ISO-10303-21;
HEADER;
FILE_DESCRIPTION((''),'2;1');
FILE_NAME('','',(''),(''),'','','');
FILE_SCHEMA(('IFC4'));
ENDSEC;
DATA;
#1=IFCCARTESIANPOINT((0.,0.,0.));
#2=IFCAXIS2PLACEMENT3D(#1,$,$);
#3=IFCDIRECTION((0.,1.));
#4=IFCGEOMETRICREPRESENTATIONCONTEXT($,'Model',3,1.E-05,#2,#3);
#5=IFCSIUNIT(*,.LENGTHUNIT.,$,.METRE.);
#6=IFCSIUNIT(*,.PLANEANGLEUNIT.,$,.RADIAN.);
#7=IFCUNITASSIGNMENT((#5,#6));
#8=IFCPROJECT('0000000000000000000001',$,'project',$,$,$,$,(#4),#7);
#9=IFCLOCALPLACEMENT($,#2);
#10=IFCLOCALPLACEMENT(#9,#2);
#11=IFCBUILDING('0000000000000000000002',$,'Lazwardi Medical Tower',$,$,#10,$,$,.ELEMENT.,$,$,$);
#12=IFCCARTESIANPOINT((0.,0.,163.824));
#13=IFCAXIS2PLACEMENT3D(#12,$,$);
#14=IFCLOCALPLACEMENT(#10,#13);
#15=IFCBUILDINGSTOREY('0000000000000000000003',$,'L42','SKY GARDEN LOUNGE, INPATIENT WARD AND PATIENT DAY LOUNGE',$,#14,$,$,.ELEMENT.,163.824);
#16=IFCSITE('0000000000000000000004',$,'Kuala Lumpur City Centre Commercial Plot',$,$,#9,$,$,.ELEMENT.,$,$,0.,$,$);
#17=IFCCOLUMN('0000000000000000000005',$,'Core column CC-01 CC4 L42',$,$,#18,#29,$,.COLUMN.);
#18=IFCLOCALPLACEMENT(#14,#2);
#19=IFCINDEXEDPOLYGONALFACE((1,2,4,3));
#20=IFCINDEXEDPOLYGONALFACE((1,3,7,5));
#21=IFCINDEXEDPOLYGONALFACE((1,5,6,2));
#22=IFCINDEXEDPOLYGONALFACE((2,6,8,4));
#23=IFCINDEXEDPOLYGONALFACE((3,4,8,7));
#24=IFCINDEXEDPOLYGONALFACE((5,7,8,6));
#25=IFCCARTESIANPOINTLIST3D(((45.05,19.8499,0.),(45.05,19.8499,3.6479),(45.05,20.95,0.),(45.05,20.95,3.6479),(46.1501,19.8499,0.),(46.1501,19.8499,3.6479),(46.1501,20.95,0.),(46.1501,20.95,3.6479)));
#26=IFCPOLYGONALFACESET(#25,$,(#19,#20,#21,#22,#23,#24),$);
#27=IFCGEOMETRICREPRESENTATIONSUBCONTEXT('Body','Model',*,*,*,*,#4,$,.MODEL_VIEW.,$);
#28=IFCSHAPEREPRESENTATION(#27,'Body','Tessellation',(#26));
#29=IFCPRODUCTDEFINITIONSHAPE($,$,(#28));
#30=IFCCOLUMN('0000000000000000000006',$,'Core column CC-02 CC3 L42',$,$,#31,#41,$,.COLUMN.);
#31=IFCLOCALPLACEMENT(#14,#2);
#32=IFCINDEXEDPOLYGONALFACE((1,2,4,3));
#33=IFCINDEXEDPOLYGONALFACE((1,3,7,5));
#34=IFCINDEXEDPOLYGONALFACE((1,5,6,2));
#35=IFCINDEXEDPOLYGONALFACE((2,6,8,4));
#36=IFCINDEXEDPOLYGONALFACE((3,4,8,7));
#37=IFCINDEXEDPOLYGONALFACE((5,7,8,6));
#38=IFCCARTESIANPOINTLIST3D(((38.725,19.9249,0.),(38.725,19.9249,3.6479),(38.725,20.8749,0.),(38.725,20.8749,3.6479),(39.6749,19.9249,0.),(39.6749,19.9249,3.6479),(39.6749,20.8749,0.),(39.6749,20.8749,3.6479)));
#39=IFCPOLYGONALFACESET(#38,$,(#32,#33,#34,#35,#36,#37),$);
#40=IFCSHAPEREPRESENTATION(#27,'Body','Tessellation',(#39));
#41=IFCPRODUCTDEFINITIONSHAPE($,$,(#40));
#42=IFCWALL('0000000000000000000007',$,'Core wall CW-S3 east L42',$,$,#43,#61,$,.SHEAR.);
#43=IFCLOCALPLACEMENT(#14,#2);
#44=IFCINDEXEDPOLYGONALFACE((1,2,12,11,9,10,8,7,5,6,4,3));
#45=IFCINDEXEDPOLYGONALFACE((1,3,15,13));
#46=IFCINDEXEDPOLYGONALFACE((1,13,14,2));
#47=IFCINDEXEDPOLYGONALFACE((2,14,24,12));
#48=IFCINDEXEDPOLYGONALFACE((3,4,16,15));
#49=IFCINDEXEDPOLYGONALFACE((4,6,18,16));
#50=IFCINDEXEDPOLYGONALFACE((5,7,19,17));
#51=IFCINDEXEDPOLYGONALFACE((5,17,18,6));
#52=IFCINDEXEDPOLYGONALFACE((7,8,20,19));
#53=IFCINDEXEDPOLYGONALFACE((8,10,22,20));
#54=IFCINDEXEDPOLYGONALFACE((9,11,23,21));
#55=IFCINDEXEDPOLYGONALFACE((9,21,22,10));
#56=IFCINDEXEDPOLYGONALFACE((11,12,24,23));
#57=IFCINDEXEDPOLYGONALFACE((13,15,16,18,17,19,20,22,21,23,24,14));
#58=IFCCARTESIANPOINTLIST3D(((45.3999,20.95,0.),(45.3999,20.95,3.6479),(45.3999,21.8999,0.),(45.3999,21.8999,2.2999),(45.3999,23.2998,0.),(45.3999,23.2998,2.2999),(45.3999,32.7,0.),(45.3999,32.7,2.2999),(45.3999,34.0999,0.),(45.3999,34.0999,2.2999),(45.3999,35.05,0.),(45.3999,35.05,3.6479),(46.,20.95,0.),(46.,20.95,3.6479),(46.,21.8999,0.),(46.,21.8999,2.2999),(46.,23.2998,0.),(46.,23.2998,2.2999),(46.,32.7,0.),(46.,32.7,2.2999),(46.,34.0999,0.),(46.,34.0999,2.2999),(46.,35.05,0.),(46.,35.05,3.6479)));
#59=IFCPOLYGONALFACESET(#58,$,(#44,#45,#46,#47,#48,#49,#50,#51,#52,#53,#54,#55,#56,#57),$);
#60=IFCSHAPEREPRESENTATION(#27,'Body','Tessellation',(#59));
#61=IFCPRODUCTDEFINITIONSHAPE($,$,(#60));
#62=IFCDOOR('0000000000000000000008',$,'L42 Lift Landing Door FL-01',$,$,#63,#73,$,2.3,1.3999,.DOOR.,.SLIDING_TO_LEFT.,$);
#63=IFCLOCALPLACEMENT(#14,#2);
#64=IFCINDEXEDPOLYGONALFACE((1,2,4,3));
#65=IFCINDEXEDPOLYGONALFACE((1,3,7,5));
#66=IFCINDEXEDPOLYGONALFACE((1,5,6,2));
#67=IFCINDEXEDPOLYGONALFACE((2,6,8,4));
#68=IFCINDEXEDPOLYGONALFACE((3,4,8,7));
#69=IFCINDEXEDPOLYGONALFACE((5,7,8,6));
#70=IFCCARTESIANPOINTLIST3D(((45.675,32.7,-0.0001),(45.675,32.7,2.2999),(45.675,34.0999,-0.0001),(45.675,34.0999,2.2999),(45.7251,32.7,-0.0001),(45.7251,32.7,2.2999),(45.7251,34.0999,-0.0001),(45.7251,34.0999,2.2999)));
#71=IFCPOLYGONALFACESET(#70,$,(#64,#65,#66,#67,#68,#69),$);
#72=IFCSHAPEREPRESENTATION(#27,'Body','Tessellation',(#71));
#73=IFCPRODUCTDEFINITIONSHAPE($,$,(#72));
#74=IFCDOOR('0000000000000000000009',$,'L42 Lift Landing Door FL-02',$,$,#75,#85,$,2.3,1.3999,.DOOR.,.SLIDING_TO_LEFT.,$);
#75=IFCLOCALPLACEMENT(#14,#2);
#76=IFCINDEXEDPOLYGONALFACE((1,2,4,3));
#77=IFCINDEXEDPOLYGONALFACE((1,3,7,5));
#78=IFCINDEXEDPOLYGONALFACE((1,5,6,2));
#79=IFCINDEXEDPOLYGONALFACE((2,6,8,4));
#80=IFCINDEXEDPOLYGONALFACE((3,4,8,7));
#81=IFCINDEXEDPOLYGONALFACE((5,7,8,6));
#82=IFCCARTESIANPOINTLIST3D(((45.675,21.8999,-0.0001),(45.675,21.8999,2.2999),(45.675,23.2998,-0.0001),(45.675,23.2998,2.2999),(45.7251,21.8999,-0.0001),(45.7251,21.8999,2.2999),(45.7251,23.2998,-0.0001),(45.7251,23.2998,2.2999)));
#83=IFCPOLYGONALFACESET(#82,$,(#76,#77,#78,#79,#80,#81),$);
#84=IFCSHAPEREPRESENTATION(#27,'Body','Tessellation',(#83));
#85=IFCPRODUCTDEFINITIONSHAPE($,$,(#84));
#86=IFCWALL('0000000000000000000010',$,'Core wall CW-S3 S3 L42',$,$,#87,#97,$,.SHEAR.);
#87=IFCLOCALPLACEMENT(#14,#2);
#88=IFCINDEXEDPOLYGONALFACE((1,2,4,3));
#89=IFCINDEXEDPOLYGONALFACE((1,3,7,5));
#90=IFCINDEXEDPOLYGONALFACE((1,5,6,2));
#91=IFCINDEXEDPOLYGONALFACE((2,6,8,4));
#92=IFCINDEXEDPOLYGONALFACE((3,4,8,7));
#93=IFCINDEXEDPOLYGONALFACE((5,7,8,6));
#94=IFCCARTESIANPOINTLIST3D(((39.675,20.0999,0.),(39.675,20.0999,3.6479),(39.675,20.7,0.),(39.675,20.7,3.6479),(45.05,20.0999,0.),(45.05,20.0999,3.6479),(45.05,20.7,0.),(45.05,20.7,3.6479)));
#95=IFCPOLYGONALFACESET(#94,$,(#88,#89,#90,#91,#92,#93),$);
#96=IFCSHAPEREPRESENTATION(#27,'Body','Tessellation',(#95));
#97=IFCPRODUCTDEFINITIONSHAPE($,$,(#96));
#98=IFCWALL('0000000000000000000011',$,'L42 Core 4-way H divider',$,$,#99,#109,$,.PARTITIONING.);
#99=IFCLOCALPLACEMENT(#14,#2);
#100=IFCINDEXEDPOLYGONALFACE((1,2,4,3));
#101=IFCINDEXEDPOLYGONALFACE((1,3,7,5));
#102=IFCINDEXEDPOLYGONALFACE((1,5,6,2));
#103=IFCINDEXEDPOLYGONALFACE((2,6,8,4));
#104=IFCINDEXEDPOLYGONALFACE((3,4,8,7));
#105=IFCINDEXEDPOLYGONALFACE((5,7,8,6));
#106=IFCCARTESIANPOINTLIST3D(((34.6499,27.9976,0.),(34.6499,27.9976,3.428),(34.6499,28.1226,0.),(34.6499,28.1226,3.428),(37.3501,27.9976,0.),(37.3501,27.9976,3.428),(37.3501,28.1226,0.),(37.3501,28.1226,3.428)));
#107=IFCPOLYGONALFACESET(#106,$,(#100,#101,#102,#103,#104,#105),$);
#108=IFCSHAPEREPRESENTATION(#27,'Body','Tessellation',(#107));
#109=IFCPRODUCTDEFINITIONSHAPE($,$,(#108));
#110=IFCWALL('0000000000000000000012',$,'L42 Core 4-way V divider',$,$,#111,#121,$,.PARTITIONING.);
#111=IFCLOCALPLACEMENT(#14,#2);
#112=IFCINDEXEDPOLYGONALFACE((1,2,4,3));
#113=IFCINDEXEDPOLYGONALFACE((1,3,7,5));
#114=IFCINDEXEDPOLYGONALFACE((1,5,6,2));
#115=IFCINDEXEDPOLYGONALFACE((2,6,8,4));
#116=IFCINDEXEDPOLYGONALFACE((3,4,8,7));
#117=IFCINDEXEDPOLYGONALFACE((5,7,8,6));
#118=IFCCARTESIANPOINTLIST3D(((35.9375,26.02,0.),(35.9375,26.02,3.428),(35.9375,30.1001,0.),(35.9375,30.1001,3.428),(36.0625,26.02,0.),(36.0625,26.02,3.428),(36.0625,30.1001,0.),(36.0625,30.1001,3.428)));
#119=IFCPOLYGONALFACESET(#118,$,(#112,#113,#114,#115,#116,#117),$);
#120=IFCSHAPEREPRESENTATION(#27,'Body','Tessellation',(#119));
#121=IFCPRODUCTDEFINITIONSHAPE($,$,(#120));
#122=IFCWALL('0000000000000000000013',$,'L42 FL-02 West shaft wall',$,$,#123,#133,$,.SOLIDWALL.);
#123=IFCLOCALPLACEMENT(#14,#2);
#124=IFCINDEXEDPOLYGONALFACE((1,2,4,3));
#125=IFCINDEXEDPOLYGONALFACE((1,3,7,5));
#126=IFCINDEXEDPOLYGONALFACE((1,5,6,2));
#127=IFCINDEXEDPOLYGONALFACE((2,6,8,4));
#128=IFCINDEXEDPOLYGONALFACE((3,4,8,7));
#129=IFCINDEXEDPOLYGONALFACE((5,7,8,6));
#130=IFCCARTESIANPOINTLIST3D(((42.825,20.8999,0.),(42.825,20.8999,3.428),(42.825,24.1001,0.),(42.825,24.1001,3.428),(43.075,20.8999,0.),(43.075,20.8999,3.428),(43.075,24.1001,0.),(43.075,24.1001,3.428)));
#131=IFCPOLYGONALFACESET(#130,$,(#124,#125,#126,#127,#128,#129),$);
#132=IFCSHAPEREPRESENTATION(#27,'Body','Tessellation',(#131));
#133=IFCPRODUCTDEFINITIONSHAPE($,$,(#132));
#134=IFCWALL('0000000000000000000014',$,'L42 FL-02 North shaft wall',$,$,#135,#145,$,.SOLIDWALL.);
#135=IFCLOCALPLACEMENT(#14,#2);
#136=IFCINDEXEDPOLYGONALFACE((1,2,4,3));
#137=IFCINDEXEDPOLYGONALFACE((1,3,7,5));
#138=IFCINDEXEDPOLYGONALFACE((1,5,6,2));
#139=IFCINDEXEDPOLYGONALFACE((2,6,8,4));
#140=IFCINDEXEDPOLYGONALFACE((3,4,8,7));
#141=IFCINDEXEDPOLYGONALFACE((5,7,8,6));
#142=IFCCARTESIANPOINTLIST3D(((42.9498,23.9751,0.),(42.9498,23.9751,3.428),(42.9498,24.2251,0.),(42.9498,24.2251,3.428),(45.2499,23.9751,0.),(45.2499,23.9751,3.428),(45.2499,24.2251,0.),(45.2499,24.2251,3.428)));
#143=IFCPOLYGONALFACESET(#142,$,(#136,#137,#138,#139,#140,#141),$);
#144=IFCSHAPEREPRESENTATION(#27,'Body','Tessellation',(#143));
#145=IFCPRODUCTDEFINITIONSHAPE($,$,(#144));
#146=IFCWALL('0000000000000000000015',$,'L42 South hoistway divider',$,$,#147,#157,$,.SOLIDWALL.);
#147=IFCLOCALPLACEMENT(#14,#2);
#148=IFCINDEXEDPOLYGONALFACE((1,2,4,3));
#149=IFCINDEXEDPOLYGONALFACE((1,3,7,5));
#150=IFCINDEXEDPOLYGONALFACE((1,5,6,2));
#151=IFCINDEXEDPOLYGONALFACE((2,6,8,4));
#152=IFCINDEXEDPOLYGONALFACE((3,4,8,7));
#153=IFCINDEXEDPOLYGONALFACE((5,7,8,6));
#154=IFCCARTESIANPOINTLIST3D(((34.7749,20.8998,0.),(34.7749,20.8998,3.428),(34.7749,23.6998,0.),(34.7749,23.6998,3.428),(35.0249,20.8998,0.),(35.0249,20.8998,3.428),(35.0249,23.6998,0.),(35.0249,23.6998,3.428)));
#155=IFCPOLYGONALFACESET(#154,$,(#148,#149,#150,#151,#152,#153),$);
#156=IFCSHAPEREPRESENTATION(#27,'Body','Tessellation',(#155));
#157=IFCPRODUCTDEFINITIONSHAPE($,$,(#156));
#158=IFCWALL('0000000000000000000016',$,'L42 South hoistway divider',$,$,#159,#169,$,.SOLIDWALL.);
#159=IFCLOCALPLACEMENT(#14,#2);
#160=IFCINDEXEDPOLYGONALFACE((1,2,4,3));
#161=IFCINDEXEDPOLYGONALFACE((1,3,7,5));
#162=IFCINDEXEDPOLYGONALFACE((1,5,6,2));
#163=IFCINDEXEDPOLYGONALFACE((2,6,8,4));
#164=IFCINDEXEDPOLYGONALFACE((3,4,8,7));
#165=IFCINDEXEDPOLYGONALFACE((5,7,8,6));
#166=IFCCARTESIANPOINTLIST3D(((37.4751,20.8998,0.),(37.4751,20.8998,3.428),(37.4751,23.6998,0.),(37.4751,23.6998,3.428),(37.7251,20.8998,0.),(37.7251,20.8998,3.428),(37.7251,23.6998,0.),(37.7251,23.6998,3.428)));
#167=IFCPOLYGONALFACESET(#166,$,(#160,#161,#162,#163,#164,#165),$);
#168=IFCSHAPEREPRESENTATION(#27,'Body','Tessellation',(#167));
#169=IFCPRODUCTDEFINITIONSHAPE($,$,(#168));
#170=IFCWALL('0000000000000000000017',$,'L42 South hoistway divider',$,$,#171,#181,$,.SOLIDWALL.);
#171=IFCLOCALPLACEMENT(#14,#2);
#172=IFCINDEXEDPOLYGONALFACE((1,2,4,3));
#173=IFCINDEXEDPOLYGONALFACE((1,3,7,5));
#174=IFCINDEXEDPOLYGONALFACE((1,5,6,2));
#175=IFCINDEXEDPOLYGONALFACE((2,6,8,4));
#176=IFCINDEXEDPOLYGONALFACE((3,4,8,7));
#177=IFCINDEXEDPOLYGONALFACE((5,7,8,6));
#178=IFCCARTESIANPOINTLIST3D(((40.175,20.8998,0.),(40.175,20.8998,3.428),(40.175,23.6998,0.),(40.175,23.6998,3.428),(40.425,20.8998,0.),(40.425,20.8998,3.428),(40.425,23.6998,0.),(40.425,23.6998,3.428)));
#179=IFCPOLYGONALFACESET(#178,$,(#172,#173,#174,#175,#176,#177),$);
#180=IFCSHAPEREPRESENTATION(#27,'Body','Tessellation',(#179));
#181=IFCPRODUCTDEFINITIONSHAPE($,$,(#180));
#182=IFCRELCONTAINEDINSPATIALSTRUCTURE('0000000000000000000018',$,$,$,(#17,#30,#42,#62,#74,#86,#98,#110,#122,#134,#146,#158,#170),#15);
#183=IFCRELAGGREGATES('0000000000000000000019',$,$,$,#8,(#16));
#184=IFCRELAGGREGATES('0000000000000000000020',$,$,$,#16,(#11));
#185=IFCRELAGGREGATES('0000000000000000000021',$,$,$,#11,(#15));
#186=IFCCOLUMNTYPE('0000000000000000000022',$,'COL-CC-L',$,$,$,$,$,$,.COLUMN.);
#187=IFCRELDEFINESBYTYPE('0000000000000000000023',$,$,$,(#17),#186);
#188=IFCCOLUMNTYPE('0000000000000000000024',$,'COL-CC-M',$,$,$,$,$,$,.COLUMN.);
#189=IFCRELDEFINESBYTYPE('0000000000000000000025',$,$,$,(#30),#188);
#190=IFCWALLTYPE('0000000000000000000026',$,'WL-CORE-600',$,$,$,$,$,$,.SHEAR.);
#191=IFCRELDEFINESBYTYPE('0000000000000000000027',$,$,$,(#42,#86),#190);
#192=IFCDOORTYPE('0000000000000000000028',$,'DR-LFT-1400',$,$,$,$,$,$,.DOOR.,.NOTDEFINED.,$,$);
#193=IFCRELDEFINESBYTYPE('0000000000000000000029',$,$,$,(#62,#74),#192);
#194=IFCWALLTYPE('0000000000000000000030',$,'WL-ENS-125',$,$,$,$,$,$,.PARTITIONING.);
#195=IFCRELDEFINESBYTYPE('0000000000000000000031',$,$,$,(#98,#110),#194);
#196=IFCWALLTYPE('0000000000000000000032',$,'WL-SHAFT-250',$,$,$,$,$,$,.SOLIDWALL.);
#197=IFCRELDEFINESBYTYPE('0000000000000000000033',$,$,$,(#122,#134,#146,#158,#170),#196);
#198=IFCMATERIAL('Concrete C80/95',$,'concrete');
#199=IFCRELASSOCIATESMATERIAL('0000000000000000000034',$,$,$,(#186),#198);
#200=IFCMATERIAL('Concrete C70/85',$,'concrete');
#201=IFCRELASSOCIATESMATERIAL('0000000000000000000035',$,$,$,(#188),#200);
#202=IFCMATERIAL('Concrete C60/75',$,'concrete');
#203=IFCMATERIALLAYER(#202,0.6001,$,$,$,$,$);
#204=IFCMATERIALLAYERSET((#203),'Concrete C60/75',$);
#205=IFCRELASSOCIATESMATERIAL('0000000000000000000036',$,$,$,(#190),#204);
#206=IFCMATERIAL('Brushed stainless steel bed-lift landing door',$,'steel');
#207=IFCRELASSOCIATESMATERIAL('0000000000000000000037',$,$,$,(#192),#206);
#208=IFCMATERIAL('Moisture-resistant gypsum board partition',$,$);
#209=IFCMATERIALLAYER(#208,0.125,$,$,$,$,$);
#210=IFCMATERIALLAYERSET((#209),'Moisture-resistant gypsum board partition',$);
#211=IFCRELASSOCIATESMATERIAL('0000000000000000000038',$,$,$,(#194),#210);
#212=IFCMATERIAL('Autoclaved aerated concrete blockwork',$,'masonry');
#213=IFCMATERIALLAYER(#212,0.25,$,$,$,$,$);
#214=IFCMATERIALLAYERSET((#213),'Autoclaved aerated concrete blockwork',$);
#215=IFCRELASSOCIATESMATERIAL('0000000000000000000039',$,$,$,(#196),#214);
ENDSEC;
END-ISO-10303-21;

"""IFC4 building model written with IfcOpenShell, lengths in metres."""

from ifc_helpers import new_model, si_unit, direction, frame, frame_2d, origin, origin_2d, place, context, subcontext, project, spatial, rectangle, extrude, material, layer, layer_set, material_profile, profile_set, type_object, element, fill, save


model = new_model("IFC4")

# Units and contexts
model_context = context("Model", 3, precision=1e-05, world=origin(), true_north=direction((0.0, 1.0)))
body_context = subcontext(model_context, "Body", "Model", "MODEL_VIEW")
ifc_project = project(units=[si_unit("LENGTHUNIT", "METRE"), si_unit("PLANEANGLEUNIT", "RADIAN")], contexts=[model_context])

# Site, building, storey
site_placement = place(None, origin())
site = spatial("IfcSite", under=ifc_project, at=site_placement, Name="Kuala Lumpur City Centre Commercial Plot", CompositionType="ELEMENT", RefElevation=0.0)
building_placement = place(site_placement, origin())
building = spatial("IfcBuilding", under=site, at=building_placement, Name="Lazwardi Medical Tower", CompositionType="ELEMENT")
storey_placement = place(building_placement, frame((0.0, 0.0, 163.824)))
storey = spatial("IfcBuildingStorey", under=building, at=storey_placement, Name="L42", Description="SKY GARDEN LOUNGE, INPATIENT WARD AND PATIENT DAY LOUNGE", CompositionType="ELEMENT", Elevation=163.824)

# Columns
ifc_material_1 = material(Name="Concrete C80/95", Category="concrete")
ifc_material_profile_1 = material_profile(ifc_material_1, rectangle(XDim=1.1001, YDim=1.1001, at=origin_2d()), Name="RC 1100x1100")
ifc_profile_set_1 = profile_set([ifc_material_profile_1], Name="Concrete C80/95")
column_type_1 = type_object("IfcColumnType", Name="COL-CC-L", PredefinedType="COLUMN", material=ifc_profile_set_1)
column_1_placement = place(storey_placement, frame((45.6001, 20.3999, 0.0), z_axis=(0.0, 0.0, 1.0), x_axis=(1.0, 0.0, 0.0)))
element("IfcColumn", 1, at=column_1_placement, inside=storey, type_object=column_type_1, Name="Core column CC-01 CC4 L42", PredefinedType="COLUMN", context=body_context, shape_type="SweptSolid", body=[
    extrude(rectangle(XDim=1.1001, YDim=1.1001, at=origin_2d()), origin(), (0.0, 0.0, 1.0), 3.6479),
])
ifc_material_2 = material(Name="Concrete C70/85", Category="concrete")
ifc_material_profile_2 = material_profile(ifc_material_2, rectangle(XDim=0.95, YDim=0.95, at=origin_2d()), Name="RC 950x950")
ifc_profile_set_2 = profile_set([ifc_material_profile_2], Name="Concrete C70/85")
column_type_2 = type_object("IfcColumnType", Name="COL-CC-M", PredefinedType="COLUMN", material=ifc_profile_set_2)
column_2_placement = place(storey_placement, frame((39.2, 20.3999, 0.0), z_axis=(0.0, 0.0, 1.0), x_axis=(1.0, 0.0, 0.0)))
element("IfcColumn", 2, at=column_2_placement, inside=storey, type_object=column_type_2, Name="Core column CC-02 CC3 L42", PredefinedType="COLUMN", context=body_context, shape_type="SweptSolid", body=[
    extrude(rectangle(XDim=0.95, YDim=0.95, at=origin_2d()), origin(), (0.0, 0.0, 1.0), 3.6479),
])

# Wall, openings, doors
ifc_material_3 = material(Name="Concrete C60/75", Category="concrete")
ifc_layer_1 = layer(ifc_material_3, 0.6001)
ifc_layer_set_1 = layer_set([ifc_layer_1], Name="Concrete C60/75")
wall_type_1 = type_object("IfcWallType", Name="WL-CORE-600", PredefinedType="SHEAR", material=ifc_layer_set_1)
wall_1_placement = place(storey_placement, frame((45.7, 20.95, 0.0), z_axis=(0.0, 0.0, 1.0), x_axis=(0.0, 1.0, 0.0)))
wall_1 = element("IfcWall", 3, at=wall_1_placement, inside=storey, type_object=wall_type_1, Name="Core wall CW-S3 east L42", PredefinedType="SHEAR", context=body_context, shape_type="SweptSolid", body=[
    extrude(rectangle(XDim=14.1001, YDim=0.6001, at=frame_2d((7.05, 0.0))), origin(), (0.0, 0.0, 1.0), 3.6479),
])
opening_1_placement = place(wall_1_placement, frame((11.75, 0.0, 0.0)))
opening_1 = element("IfcOpeningElement", 4, at=opening_1_placement, cuts=wall_1, PredefinedType="OPENING", context=body_context, shape_type="SweptSolid", body=[
    extrude(rectangle(XDim=1.3999, YDim=2.3, at=frame_2d((0.7, 1.1499))), frame((0.0, 0.3101, 0.0), z_axis=(0.0, -1.0, 0.0), x_axis=(1.0, 0.0, 0.0)), (0.0, 0.0, 1.0), 0.6201),
])
opening_2_placement = place(wall_1_placement, frame((0.95, 0.0, 0.0)))
opening_2 = element("IfcOpeningElement", 5, at=opening_2_placement, cuts=wall_1, PredefinedType="OPENING", context=body_context, shape_type="SweptSolid", body=[
    extrude(rectangle(XDim=1.3999, YDim=2.3, at=frame_2d((0.7, 1.1499))), frame((0.0, 0.3101, 0.0), z_axis=(0.0, -1.0, 0.0), x_axis=(1.0, 0.0, 0.0)), (0.0, 0.0, 1.0), 0.6201),
])
ifc_material_4 = material(Name="Brushed stainless steel bed-lift landing door", Category="steel")
door_type_1 = type_object("IfcDoorType", Name="DR-LFT-1400", OperationType="NOTDEFINED", PredefinedType="DOOR", material=ifc_material_4)
door_1_placement = place(opening_1_placement, origin())
door_1 = element("IfcDoor", 6, at=door_1_placement, inside=storey, type_object=door_type_1, Name="L42 Lift Landing Door FL-01", OperationType="SLIDING_TO_LEFT", OverallHeight=2.3, OverallWidth=1.3999, PredefinedType="DOOR", context=body_context, shape_type="SweptSolid", body=[
    extrude(rectangle(XDim=1.3999, YDim=2.3, at=frame_2d((0.7, 1.1499))), frame((0.0, 0.0249, 0.0), z_axis=(0.0, -1.0, 0.0), x_axis=(1.0, 0.0, 0.0)), (0.0, 0.0, 1.0), 0.05),
])
fill(opening_1, door_1)
door_2_placement = place(opening_2_placement, origin())
door_2 = element("IfcDoor", 7, at=door_2_placement, inside=storey, type_object=door_type_1, Name="L42 Lift Landing Door FL-02", OperationType="SLIDING_TO_LEFT", OverallHeight=2.3, OverallWidth=1.3999, PredefinedType="DOOR", context=body_context, shape_type="SweptSolid", body=[
    extrude(rectangle(XDim=1.3999, YDim=2.3, at=frame_2d((0.7, 1.1499))), frame((0.0, 0.0249, 0.0), z_axis=(0.0, -1.0, 0.0), x_axis=(1.0, 0.0, 0.0)), (0.0, 0.0, 1.0), 0.05),
])
fill(opening_2, door_2)

# Walls
wall_2_placement = place(storey_placement, frame((39.675, 20.3999, 0.0), z_axis=(0.0, 0.0, 1.0), x_axis=(1.0, 0.0, 0.0)))
element("IfcWall", 8, at=wall_2_placement, inside=storey, type_object=wall_type_1, Name="Core wall CW-S3 S3 L42", PredefinedType="SHEAR", context=body_context, shape_type="SweptSolid", body=[
    extrude(rectangle(XDim=5.375, YDim=0.6001, at=frame_2d((2.6875, 0.0))), origin(), (0.0, 0.0, 1.0), 3.6479),
])
ifc_material_5 = material(Name="Moisture-resistant gypsum board partition")
ifc_layer_2 = layer(ifc_material_5, 0.125)
ifc_layer_set_2 = layer_set([ifc_layer_2], Name="Moisture-resistant gypsum board partition")
wall_type_2 = type_object("IfcWallType", Name="WL-ENS-125", PredefinedType="PARTITIONING", material=ifc_layer_set_2)
wall_3_placement = place(storey_placement, frame((34.6499, 28.0601, 0.0), z_axis=(0.0, 0.0, 1.0), x_axis=(1.0, 0.0, 0.0)))
element("IfcWall", 9, at=wall_3_placement, inside=storey, type_object=wall_type_2, Name="L42 Core 4-way H divider", PredefinedType="PARTITIONING", context=body_context, shape_type="SweptSolid", body=[
    extrude(rectangle(XDim=2.7002, YDim=0.125, at=frame_2d((1.3501, 0.0))), origin(), (0.0, 0.0, 1.0), 3.428),
])
wall_4_placement = place(storey_placement, frame((36.0, 26.02, 0.0), z_axis=(0.0, 0.0, 1.0), x_axis=(0.0, 1.0, 0.0)))
element("IfcWall", 10, at=wall_4_placement, inside=storey, type_object=wall_type_2, Name="L42 Core 4-way V divider", PredefinedType="PARTITIONING", context=body_context, shape_type="SweptSolid", body=[
    extrude(rectangle(XDim=4.0801, YDim=0.125, at=frame_2d((2.04, 0.0))), origin(), (0.0, 0.0, 1.0), 3.428),
])
ifc_material_6 = material(Name="Autoclaved aerated concrete blockwork", Category="masonry")
ifc_layer_3 = layer(ifc_material_6, 0.25)
ifc_layer_set_3 = layer_set([ifc_layer_3], Name="Autoclaved aerated concrete blockwork")
wall_type_3 = type_object("IfcWallType", Name="WL-SHAFT-250", PredefinedType="SOLIDWALL", material=ifc_layer_set_3)
wall_5_placement = place(storey_placement, frame((42.95, 20.8999, 0.0), z_axis=(0.0, 0.0, 1.0), x_axis=(0.0, 1.0, 0.0)))
element("IfcWall", 11, at=wall_5_placement, inside=storey, type_object=wall_type_3, Name="L42 FL-02 West shaft wall", PredefinedType="SOLIDWALL", context=body_context, shape_type="SweptSolid", body=[
    extrude(rectangle(XDim=3.2002, YDim=0.25, at=frame_2d((1.6001, 0.0))), origin(), (0.0, 0.0, 1.0), 3.428),
])
wall_6_placement = place(storey_placement, frame((42.95, 24.1001, 0.0), z_axis=(0.0, 0.0, 1.0), x_axis=(1.0, 0.0, 0.0)))
element("IfcWall", 12, at=wall_6_placement, inside=storey, type_object=wall_type_3, Name="L42 FL-02 North shaft wall", PredefinedType="SOLIDWALL", context=body_context, shape_type="SweptSolid", body=[
    extrude(rectangle(XDim=2.3, YDim=0.25, at=frame_2d((1.1499, 0.0))), origin(), (0.0, 0.0, 1.0), 3.428),
])
for number, where, z_axis, x_axis, name in (
    (13, (34.8999, 20.8999, 0.0), (0.0, 0.0, 1.0), (0.0, 1.0, 0.0), "L42 South hoistway divider"),
    (14, (37.6001, 20.8999, 0.0), (0.0, 0.0, 1.0), (0.0, 1.0, 0.0), "L42 South hoistway divider"),
    (15, (40.3, 20.8999, 0.0), (0.0, 0.0, 1.0), (0.0, 1.0, 0.0), "L42 South hoistway divider"),
):
    element("IfcWall", number, at=place(storey_placement, frame(where, z_axis=z_axis, x_axis=x_axis)), inside=storey, type_object=wall_type_3, Name=name, PredefinedType="SOLIDWALL", context=body_context, shape_type="SweptSolid", body=[
        extrude(rectangle(XDim=2.8, YDim=0.25, at=frame_2d((1.3999, 0.0))), origin(), (0.0, 0.0, 1.0), 3.428),
    ])

save(model, "model.ifc")
